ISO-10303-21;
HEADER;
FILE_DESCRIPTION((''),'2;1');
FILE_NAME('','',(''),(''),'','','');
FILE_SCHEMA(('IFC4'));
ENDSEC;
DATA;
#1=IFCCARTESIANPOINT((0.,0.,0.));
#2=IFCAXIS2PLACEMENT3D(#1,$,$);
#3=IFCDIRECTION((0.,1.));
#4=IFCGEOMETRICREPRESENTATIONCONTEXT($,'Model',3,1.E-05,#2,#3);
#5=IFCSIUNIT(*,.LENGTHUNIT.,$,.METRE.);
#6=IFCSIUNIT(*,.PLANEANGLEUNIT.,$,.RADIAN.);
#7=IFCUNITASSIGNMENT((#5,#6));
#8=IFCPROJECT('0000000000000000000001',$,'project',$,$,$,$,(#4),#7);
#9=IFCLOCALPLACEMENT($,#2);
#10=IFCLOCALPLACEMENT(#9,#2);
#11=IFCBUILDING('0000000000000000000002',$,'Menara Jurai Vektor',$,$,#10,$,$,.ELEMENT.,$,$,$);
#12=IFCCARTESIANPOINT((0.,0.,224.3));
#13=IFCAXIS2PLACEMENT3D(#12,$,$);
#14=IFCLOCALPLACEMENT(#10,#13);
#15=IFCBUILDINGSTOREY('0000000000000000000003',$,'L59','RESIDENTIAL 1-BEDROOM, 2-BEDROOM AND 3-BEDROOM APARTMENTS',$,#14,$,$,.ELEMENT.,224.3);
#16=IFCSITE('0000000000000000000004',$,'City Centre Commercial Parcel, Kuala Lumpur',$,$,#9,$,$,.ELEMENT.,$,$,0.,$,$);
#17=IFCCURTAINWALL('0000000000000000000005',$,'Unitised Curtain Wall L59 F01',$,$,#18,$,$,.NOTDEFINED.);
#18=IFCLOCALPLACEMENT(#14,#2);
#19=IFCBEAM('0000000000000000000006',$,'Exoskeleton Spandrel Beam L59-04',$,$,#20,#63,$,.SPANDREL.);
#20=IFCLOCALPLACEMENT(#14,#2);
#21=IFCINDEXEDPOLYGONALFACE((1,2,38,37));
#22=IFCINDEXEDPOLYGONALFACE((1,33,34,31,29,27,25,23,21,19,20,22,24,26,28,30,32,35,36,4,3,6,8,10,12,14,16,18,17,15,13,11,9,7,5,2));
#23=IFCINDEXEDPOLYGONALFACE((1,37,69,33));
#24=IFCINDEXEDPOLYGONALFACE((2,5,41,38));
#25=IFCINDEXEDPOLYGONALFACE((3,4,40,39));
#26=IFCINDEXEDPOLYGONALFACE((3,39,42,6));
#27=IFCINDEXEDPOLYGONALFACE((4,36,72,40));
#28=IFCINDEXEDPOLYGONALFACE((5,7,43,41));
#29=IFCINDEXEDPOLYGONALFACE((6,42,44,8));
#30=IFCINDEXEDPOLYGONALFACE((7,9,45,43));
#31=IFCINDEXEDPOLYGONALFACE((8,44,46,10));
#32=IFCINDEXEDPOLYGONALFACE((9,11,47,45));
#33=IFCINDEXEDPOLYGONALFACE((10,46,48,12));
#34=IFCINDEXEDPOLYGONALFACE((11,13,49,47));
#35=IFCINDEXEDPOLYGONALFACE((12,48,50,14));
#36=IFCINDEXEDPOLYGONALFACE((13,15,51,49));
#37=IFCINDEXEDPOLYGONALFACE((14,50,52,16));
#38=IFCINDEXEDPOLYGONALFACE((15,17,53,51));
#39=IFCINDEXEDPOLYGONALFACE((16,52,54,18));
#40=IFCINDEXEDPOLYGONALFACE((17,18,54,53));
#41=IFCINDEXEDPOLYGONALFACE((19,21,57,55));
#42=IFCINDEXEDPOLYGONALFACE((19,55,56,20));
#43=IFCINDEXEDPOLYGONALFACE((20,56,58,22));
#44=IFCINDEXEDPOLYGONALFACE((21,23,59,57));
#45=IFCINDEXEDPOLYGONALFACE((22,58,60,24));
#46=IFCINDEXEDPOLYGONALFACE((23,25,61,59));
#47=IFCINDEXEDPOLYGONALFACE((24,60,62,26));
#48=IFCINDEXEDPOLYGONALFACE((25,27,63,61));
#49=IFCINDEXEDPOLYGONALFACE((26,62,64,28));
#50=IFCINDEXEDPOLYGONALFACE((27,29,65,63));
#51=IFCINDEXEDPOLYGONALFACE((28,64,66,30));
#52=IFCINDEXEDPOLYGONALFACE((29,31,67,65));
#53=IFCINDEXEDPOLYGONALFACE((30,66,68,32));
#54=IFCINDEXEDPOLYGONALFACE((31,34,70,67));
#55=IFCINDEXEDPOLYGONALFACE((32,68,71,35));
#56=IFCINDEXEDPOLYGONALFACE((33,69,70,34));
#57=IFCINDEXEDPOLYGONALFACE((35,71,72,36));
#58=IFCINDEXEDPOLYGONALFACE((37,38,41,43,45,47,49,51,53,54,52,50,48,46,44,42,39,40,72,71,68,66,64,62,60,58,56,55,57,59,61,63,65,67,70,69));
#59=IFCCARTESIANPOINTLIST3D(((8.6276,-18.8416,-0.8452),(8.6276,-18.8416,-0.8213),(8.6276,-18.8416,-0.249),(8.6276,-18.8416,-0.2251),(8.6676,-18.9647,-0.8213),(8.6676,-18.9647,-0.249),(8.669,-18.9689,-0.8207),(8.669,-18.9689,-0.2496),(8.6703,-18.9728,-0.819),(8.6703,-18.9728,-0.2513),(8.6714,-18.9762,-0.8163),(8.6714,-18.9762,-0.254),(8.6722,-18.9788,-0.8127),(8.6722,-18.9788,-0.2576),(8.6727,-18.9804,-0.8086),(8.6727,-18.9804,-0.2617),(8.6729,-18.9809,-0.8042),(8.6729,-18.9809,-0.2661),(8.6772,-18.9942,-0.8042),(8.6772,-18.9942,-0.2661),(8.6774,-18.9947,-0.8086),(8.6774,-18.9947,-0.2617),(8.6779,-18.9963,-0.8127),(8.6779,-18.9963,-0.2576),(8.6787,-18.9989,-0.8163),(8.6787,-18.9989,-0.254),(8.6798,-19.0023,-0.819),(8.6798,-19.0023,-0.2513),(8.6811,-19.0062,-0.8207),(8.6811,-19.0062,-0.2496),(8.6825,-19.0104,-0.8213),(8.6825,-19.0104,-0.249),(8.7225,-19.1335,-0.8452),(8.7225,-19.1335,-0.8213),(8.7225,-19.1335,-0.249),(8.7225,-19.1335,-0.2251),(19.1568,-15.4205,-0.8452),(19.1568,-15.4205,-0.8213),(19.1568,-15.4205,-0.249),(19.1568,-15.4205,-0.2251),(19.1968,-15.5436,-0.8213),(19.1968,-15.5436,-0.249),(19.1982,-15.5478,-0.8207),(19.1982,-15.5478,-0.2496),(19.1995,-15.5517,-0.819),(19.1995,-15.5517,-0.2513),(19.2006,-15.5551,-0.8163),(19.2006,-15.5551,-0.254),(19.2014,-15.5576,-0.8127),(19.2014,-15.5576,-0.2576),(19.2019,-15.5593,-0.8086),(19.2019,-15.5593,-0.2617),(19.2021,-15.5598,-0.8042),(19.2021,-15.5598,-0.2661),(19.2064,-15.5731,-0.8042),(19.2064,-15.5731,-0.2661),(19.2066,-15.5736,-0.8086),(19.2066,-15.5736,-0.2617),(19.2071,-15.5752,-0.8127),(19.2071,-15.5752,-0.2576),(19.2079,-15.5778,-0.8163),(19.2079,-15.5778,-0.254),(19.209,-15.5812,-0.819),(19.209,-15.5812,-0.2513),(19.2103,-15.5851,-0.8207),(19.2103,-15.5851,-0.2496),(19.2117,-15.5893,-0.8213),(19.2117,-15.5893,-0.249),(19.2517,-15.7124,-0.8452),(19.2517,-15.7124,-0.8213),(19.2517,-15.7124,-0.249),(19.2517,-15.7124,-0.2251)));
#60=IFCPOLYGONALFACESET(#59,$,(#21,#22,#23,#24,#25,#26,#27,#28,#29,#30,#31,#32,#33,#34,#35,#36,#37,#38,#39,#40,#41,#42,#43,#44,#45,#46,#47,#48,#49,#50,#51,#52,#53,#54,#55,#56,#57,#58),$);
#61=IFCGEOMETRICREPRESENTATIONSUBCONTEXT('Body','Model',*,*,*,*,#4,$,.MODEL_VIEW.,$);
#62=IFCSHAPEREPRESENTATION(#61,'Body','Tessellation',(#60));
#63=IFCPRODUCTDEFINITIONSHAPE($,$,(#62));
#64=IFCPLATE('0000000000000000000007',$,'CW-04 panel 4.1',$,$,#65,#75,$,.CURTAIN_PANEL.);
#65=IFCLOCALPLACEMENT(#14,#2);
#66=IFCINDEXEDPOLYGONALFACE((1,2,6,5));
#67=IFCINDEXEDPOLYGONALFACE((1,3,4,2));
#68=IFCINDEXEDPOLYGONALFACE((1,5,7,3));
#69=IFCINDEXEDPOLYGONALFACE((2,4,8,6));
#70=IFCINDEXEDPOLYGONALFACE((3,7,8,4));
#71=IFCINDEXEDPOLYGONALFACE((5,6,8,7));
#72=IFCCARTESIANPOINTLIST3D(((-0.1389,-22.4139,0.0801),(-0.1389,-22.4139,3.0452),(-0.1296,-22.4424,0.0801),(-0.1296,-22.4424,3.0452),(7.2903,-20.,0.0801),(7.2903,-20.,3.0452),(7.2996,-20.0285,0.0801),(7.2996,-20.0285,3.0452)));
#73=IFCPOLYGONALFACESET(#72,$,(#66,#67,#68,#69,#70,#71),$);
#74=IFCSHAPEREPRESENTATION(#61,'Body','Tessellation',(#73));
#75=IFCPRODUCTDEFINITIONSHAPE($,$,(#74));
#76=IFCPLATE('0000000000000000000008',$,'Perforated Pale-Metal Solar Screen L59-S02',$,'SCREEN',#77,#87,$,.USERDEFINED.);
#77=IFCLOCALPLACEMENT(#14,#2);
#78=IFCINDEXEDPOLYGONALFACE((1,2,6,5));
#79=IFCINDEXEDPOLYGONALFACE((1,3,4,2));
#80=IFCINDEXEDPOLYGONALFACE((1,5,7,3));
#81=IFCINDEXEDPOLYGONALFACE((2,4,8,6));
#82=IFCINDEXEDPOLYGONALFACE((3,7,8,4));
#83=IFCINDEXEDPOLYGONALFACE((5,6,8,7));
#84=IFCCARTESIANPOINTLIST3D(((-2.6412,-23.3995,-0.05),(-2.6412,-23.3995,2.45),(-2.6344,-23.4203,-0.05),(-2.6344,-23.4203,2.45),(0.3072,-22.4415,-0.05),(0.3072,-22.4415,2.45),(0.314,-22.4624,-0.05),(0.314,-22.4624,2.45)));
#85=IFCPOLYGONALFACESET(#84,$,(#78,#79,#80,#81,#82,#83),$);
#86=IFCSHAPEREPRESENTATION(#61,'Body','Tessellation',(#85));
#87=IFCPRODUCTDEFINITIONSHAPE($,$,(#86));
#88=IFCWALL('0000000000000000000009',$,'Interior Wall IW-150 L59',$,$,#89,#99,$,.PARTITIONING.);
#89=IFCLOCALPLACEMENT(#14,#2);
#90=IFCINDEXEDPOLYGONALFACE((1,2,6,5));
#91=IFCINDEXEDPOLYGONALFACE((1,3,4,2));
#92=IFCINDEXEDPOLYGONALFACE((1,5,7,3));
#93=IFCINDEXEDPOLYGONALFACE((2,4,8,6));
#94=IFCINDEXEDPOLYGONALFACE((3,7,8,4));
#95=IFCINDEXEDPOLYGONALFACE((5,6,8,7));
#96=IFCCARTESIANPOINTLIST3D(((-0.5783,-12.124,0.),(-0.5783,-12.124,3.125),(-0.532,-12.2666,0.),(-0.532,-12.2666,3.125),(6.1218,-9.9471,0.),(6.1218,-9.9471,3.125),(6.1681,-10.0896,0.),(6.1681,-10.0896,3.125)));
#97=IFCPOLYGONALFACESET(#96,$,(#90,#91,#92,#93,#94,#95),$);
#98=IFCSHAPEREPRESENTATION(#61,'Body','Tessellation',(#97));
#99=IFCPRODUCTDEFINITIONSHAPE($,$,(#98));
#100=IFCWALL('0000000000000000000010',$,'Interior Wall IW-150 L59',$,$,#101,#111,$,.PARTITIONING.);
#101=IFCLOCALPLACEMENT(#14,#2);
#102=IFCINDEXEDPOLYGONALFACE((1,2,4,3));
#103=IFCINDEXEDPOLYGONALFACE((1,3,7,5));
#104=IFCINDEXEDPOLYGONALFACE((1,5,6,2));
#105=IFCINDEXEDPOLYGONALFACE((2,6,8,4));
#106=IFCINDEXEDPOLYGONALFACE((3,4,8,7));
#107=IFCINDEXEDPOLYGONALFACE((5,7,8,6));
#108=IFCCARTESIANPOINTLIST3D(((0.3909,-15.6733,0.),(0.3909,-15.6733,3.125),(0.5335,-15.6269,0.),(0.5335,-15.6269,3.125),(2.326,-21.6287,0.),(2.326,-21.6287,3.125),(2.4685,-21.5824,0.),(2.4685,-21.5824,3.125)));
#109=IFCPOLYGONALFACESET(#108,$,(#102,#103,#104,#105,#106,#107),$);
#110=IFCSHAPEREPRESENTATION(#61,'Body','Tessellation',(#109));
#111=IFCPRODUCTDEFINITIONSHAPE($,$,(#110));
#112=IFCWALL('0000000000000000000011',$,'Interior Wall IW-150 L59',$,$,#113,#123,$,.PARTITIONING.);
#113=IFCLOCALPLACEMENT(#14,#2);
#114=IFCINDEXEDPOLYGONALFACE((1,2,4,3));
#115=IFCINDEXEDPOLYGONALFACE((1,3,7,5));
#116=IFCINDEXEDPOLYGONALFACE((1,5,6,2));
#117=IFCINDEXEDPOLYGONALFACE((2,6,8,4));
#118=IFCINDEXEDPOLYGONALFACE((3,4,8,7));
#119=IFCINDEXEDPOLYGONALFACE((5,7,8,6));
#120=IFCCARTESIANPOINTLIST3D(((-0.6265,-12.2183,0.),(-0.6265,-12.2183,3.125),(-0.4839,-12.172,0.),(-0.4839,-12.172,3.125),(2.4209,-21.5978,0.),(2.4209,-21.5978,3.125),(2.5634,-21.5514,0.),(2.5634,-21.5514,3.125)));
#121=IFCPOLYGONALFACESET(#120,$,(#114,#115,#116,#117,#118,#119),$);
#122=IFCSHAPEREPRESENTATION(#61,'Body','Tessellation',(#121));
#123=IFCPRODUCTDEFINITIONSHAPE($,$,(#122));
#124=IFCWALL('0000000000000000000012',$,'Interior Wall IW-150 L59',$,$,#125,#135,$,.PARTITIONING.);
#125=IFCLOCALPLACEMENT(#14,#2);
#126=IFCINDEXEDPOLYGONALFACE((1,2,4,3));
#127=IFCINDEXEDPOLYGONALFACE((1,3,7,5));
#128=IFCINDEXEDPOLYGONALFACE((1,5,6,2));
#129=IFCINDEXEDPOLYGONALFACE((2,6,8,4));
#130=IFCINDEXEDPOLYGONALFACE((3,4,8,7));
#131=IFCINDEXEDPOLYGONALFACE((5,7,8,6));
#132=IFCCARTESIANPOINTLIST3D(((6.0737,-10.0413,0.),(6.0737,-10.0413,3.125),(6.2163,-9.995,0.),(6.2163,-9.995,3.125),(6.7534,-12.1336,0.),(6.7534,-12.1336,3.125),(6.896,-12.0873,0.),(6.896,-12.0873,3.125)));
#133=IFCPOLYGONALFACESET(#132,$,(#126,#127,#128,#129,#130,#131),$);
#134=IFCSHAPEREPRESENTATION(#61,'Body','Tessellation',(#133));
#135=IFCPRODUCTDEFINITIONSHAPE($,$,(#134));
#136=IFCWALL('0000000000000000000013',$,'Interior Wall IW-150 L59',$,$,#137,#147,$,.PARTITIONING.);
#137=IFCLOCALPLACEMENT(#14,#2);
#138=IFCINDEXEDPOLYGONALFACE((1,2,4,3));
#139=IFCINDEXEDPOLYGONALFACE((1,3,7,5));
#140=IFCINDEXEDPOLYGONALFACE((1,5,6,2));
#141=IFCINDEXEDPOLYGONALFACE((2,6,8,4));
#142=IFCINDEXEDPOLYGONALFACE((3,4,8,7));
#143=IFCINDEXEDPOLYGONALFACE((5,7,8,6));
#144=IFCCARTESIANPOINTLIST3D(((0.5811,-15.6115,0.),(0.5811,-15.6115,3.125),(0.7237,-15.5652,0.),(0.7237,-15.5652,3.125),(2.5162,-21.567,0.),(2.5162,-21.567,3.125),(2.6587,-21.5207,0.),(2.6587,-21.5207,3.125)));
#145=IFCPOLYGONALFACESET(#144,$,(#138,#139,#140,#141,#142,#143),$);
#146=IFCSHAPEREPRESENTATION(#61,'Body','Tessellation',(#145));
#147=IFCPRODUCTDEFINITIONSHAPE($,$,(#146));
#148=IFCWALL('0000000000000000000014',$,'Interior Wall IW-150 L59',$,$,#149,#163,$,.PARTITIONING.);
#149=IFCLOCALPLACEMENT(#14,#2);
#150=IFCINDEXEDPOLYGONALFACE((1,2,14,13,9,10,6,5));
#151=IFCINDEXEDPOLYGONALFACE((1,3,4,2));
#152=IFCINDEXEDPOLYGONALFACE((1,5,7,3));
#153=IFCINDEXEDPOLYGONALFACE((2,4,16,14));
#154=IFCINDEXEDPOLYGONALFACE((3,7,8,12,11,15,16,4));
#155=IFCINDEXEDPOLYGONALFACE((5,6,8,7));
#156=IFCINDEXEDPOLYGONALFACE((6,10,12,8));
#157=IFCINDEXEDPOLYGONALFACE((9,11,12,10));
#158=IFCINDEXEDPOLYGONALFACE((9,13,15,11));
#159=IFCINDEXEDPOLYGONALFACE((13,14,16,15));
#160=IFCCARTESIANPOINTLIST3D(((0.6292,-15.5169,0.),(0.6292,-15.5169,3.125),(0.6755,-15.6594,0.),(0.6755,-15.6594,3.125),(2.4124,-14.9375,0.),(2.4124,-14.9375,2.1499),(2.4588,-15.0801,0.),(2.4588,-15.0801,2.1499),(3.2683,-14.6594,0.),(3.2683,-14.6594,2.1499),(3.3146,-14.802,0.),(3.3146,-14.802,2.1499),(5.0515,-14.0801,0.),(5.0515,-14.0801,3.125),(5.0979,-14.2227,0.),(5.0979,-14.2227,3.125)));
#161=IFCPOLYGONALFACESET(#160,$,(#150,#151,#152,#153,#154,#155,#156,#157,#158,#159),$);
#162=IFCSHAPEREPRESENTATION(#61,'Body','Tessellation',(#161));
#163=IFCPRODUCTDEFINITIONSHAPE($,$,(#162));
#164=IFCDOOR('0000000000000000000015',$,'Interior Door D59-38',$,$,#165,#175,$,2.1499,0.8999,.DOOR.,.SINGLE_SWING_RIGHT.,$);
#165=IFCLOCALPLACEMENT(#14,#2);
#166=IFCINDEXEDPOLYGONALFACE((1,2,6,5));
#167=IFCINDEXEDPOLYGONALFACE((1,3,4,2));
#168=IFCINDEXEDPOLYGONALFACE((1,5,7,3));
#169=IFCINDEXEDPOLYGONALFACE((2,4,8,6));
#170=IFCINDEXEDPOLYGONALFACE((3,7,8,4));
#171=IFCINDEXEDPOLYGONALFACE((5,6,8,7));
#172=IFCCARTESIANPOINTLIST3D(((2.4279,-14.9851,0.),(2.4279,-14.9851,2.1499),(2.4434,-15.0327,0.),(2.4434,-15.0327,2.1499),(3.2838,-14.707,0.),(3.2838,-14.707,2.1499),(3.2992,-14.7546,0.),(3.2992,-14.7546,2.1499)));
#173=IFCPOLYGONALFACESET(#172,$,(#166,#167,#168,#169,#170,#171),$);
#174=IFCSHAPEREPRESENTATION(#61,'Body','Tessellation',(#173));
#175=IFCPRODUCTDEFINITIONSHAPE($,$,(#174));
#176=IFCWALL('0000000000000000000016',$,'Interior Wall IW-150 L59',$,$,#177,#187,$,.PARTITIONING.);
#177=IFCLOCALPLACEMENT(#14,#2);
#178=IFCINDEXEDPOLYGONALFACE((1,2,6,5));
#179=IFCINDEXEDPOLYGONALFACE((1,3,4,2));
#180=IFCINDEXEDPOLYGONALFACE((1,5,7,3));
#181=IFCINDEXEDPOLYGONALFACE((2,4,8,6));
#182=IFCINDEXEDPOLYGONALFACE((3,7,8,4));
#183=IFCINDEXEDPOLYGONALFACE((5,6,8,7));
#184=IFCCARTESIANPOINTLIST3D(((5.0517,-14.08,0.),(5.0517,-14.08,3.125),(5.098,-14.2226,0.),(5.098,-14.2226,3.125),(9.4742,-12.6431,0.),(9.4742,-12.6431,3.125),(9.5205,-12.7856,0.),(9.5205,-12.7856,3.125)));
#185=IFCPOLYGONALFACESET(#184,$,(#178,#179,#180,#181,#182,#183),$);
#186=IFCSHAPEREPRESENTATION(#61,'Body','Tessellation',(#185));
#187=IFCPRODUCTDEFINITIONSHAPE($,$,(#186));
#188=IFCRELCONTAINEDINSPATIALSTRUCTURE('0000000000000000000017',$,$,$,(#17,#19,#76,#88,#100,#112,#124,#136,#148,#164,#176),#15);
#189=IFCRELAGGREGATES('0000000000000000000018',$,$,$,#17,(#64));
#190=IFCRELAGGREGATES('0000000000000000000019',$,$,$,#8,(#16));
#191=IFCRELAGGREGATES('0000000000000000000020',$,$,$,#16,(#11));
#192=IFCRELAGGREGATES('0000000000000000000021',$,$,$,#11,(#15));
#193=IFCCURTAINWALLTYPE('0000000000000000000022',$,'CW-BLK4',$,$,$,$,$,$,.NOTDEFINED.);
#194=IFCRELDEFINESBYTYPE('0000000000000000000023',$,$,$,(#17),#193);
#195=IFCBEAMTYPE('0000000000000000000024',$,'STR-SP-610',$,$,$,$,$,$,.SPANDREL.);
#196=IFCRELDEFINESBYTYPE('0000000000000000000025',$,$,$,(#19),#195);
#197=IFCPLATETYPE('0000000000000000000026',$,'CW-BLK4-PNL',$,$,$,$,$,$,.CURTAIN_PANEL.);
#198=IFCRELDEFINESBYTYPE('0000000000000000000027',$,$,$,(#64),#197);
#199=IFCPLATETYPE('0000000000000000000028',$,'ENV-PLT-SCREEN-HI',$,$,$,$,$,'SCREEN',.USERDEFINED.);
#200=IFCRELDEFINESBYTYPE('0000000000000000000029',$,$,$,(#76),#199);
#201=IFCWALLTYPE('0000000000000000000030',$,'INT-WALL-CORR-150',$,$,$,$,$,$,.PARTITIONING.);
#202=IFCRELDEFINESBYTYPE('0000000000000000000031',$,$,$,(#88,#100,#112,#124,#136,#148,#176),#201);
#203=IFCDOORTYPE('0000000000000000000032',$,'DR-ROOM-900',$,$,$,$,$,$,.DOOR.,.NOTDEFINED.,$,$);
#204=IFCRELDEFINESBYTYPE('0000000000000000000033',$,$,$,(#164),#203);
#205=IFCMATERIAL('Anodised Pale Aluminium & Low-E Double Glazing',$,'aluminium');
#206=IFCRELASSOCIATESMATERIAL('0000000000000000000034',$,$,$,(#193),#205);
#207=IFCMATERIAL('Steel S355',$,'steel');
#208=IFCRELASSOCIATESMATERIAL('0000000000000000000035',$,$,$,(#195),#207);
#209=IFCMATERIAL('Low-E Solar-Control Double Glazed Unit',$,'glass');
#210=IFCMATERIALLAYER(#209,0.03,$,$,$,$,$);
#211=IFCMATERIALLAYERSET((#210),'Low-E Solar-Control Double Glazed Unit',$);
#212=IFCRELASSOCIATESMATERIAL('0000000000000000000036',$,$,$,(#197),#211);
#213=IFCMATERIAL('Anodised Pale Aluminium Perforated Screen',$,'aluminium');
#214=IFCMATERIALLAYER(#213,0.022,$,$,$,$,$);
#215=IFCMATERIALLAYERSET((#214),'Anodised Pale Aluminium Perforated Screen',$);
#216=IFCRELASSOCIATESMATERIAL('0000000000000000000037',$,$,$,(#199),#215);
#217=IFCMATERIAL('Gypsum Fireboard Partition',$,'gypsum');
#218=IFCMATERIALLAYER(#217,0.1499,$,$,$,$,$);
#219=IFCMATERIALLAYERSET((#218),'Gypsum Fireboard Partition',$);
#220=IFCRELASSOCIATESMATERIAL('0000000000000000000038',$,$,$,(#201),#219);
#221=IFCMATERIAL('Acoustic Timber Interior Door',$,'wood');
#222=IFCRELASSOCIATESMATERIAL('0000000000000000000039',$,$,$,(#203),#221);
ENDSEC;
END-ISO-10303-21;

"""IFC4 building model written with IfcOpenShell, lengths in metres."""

from ifc_helpers import new_model, si_unit, direction, frame, frame_2d, origin, origin_2d, place, context, subcontext, project, spatial, rectangle, i_section, extrude, material, layer, layer_set, material_profile, profile_set, type_object, element, fill, aggregate, save


model = new_model("IFC4")

# Units and contexts
model_context = context("Model", 3, precision=1e-05, world=origin(), true_north=direction((0.0, 1.0)))
body_context = subcontext(model_context, "Body", "Model", "MODEL_VIEW")
ifc_project = project(units=[si_unit("LENGTHUNIT", "METRE"), si_unit("PLANEANGLEUNIT", "RADIAN")], contexts=[model_context])

# Site, building, storey
site_placement = place(None, origin())
site = spatial("IfcSite", under=ifc_project, at=site_placement, Name="City Centre Commercial Parcel, Kuala Lumpur", CompositionType="ELEMENT", RefElevation=0.0)
building_placement = place(site_placement, origin())
building = spatial("IfcBuilding", under=site, at=building_placement, Name="Menara Jurai Vektor", CompositionType="ELEMENT")
storey_placement = place(building_placement, frame((0.0, 0.0, 224.3)))
storey = spatial("IfcBuildingStorey", under=building, at=storey_placement, Name="L59", Description="RESIDENTIAL 1-BEDROOM, 2-BEDROOM AND 3-BEDROOM APARTMENTS", CompositionType="ELEMENT", Elevation=224.3)

# Curtain wall
ifc_material_1 = material(Name="Anodised Pale Aluminium & Low-E Double Glazing", Category="aluminium")
curtain_wall_type = type_object("IfcCurtainWallType", Name="CW-BLK4", PredefinedType="NOTDEFINED", material=ifc_material_1)
curtain_wall_placement = place(storey_placement, origin())
curtain_wall = element("IfcCurtainWall", 1, at=curtain_wall_placement, inside=storey, type_object=curtain_wall_type, Name="Unitised Curtain Wall L59 F01", PredefinedType="NOTDEFINED")

# Beam
ifc_material_2 = material(Name="Steel S355", Category="steel")
ifc_material_profile_1 = material_profile(ifc_material_2, i_section(OverallWidth=0.3069, OverallDepth=0.6201, WebThickness=0.0139, FlangeThickness=0.0239, FilletRadius=0.0171, at=origin_2d()), Name="UKB 610x305x179")
ifc_profile_set_1 = profile_set([ifc_material_profile_1], Name="Steel S355")
beam_type_1 = type_object("IfcBeamType", Name="STR-SP-610", PredefinedType="SPANDREL", material=ifc_profile_set_1)
for number, where, z_axis, x_axis, name in (
    (2, (8.675, -18.9875, -0.5352), (0.951057, 0.309014, 0.0), (-0.309014, 0.951057, 0.0), "Exoskeleton Spandrel Beam L59-04"),
):
    element("IfcBeam", number, at=place(storey_placement, frame(where, z_axis=z_axis, x_axis=x_axis)), inside=storey, type_object=beam_type_1, Name=name, PredefinedType="SPANDREL", context=body_context, shape_type="SweptSolid", body=[
        extrude(i_section(OverallWidth=0.3069, OverallDepth=0.6201, WebThickness=0.0139, FlangeThickness=0.0239, FilletRadius=0.0171, at=origin_2d()), origin(), (0.0, 0.0, 1.0), 11.071),
    ])

# Plates
ifc_material_3 = material(Name="Low-E Solar-Control Double Glazed Unit", Category="glass")
ifc_layer_1 = layer(ifc_material_3, 0.03)
ifc_layer_set_1 = layer_set([ifc_layer_1], Name="Low-E Solar-Control Double Glazed Unit")
plate_type_1 = type_object("IfcPlateType", Name="CW-BLK4-PNL", PredefinedType="CURTAIN_PANEL", material=ifc_layer_set_1)
plate_1_placement = place(storey_placement, frame((3.5803, -21.2212, 0.0801), z_axis=(0.0, 0.0, 1.0), x_axis=(0.951056, 0.309017, 0.0)))
plate_1 = element("IfcPlate", 3, at=plate_1_placement, type_object=plate_type_1, Name="CW-04 panel 4.1", PredefinedType="CURTAIN_PANEL", context=body_context, shape_type="SweptSolid", body=[
    extrude(rectangle(XDim=7.8115, YDim=0.03, at=origin_2d()), origin(), (0.0, 0.0, 1.0), 2.9651),
])
aggregate(curtain_wall, [plate_1])
ifc_material_4 = material(Name="Anodised Pale Aluminium Perforated Screen", Category="aluminium")
ifc_layer_2 = layer(ifc_material_4, 0.022)
ifc_layer_set_2 = layer_set([ifc_layer_2], Name="Anodised Pale Aluminium Perforated Screen")
plate_type_2 = type_object("IfcPlateType", Name="ENV-PLT-SCREEN-HI", ElementType="SCREEN", PredefinedType="USERDEFINED", material=ifc_layer_set_2)
plate_2_placement = place(storey_placement, frame((-1.1636, -22.9309, -0.05), z_axis=(0.0, 0.0, 1.0), x_axis=(0.951057, 0.309017, 0.0)))
element("IfcPlate", 4, at=plate_2_placement, inside=storey, type_object=plate_type_2, Name="Perforated Pale-Metal Solar Screen L59-S02", ObjectType="SCREEN", PredefinedType="USERDEFINED", context=body_context, shape_type="SweptSolid", body=[
    extrude(rectangle(XDim=3.1001, YDim=0.022, at=origin_2d()), origin(), (0.0, 0.0, 1.0), 2.5),
])

# Walls
ifc_material_5 = material(Name="Gypsum Fireboard Partition", Category="gypsum")
ifc_layer_3 = layer(ifc_material_5, 0.1499)
ifc_layer_set_3 = layer_set([ifc_layer_3], Name="Gypsum Fireboard Partition")
wall_type_1 = type_object("IfcWallType", Name="INT-WALL-CORR-150", PredefinedType="PARTITIONING", material=ifc_layer_set_3)
wall_1_placement = place(storey_placement, frame((-0.5552, -12.1953, 0.0), z_axis=(0.0, 0.0, 1.0), x_axis=(0.951057, 0.309014, 0.0)))
element("IfcWall", 5, at=wall_1_placement, inside=storey, type_object=wall_type_1, Name="Interior Wall IW-150 L59", PredefinedType="PARTITIONING", context=body_context, shape_type="SweptSolid", body=[
    extrude(rectangle(XDim=7.0449, YDim=0.1499, at=frame_2d((3.5225, 0.0))), origin(), (0.0, 0.0, 1.0), 3.125),
])
wall_2_placement = place(storey_placement, frame((2.3972, -21.6055, 0.0), z_axis=(0.0, 0.0, 1.0), x_axis=(-0.309014, 0.951058, 0.0)))
element("IfcWall", 6, at=wall_2_placement, inside=storey, type_object=wall_type_1, Name="Interior Wall IW-150 L59", PredefinedType="PARTITIONING", context=body_context, shape_type="SweptSolid", body=[
    extrude(rectangle(XDim=6.262, YDim=0.1499, at=frame_2d((3.1309, 0.0))), origin(), (0.0, 0.0, 1.0), 3.125),
])
wall_3_placement = place(storey_placement, frame((2.4922, -21.5747, 0.0), z_axis=(0.0, 0.0, 1.0), x_axis=(-0.309, 0.951062, 0.0)))
element("IfcWall", 7, at=wall_3_placement, inside=storey, type_object=wall_type_1, Name="Interior Wall IW-150 L59", PredefinedType="PARTITIONING", context=body_context, shape_type="SweptSolid", body=[
    extrude(rectangle(XDim=9.8621, YDim=0.1499, at=frame_2d((4.9312, 0.0))), origin(), (0.0, 0.0, 1.0), 3.125),
])
wall_4_placement = place(storey_placement, frame((6.8247, -12.1106, 0.0), z_axis=(0.0, 0.0, 1.0), x_axis=(-0.308961, 0.951075, 0.0)))
element("IfcWall", 8, at=wall_4_placement, inside=storey, type_object=wall_type_1, Name="Interior Wall IW-150 L59", PredefinedType="PARTITIONING", context=body_context, shape_type="SweptSolid", body=[
    extrude(rectangle(XDim=2.2, YDim=0.1499, at=frame_2d((1.1001, 0.0))), origin(), (0.0, 0.0, 1.0), 3.125),
])

# Wall
wall_5_placement = place(storey_placement, frame((2.5874, -21.5437, 0.0), z_axis=(0.0, 0.0, 1.0), x_axis=(-0.309014, 0.951058, 0.0)))
element("IfcWall", 9, at=wall_5_placement, inside=storey, type_object=wall_type_1, Name="Interior Wall IW-150 L59", PredefinedType="PARTITIONING", context=body_context, shape_type="SweptSolid", body=[
    extrude(rectangle(XDim=6.262, YDim=0.1499, at=frame_2d((3.1309, 0.0))), origin(), (0.0, 0.0, 1.0), 3.125),
])

# Wall, opening, door
wall_6_placement = place(storey_placement, frame((0.6523, -15.5881, 0.0), z_axis=(0.0, 0.0, 1.0), x_axis=(0.951066, 0.308989, 0.0)))
wall_6 = element("IfcWall", 10, at=wall_6_placement, inside=storey, type_object=wall_type_1, Name="Interior Wall IW-150 L59", PredefinedType="PARTITIONING", context=body_context, shape_type="SweptSolid", body=[
    extrude(rectangle(XDim=4.6499, YDim=0.1499, at=frame_2d((2.325, 0.0))), origin(), (0.0, 0.0, 1.0), 3.125),
])
opening_1_placement = place(wall_6_placement, frame((1.875, 0.0, 0.0)))
opening_1 = element("IfcOpeningElement", 11, at=opening_1_placement, cuts=wall_6, PredefinedType="OPENING", context=body_context, shape_type="SweptSolid", body=[
    extrude(rectangle(XDim=0.8999, YDim=2.1499, at=frame_2d((0.45, 1.075))), frame((0.0, 0.085, 0.0), z_axis=(0.0, -1.0, 0.0), x_axis=(1.0, 0.0, 0.0)), (0.0, 0.0, 1.0), 0.1699),
])
ifc_material_6 = material(Name="Acoustic Timber Interior Door", Category="wood")
door_type_1 = type_object("IfcDoorType", Name="DR-ROOM-900", OperationType="NOTDEFINED", PredefinedType="DOOR", material=ifc_material_6)
door_1_placement = place(opening_1_placement, origin())
door_1 = element("IfcDoor", 12, at=door_1_placement, inside=storey, type_object=door_type_1, Name="Interior Door D59-38", OperationType="SINGLE_SWING_RIGHT", OverallHeight=2.1499, OverallWidth=0.8999, PredefinedType="DOOR", context=body_context, shape_type="SweptSolid", body=[
    extrude(rectangle(XDim=0.8999, YDim=2.1499, at=frame_2d((0.45, 1.075))), frame((0.0, 0.0249, 0.0), z_axis=(0.0, -1.0, 0.0), x_axis=(1.0, 0.0, 0.0)), (0.0, 0.0, 1.0), 0.05),
])
fill(opening_1, door_1)

# Wall
wall_7_placement = place(storey_placement, frame((5.0747, -14.1514, 0.0), z_axis=(0.0, 0.0, 1.0), x_axis=(0.951055, 0.309021, 0.0)))
element("IfcWall", 13, at=wall_7_placement, inside=storey, type_object=wall_type_1, Name="Interior Wall IW-150 L59", PredefinedType="PARTITIONING", context=body_context, shape_type="SweptSolid", body=[
    extrude(rectangle(XDim=4.6501, YDim=0.1499, at=frame_2d((2.3252, 0.0))), origin(), (0.0, 0.0, 1.0), 3.125),
])

save(model, "model.ifc")
